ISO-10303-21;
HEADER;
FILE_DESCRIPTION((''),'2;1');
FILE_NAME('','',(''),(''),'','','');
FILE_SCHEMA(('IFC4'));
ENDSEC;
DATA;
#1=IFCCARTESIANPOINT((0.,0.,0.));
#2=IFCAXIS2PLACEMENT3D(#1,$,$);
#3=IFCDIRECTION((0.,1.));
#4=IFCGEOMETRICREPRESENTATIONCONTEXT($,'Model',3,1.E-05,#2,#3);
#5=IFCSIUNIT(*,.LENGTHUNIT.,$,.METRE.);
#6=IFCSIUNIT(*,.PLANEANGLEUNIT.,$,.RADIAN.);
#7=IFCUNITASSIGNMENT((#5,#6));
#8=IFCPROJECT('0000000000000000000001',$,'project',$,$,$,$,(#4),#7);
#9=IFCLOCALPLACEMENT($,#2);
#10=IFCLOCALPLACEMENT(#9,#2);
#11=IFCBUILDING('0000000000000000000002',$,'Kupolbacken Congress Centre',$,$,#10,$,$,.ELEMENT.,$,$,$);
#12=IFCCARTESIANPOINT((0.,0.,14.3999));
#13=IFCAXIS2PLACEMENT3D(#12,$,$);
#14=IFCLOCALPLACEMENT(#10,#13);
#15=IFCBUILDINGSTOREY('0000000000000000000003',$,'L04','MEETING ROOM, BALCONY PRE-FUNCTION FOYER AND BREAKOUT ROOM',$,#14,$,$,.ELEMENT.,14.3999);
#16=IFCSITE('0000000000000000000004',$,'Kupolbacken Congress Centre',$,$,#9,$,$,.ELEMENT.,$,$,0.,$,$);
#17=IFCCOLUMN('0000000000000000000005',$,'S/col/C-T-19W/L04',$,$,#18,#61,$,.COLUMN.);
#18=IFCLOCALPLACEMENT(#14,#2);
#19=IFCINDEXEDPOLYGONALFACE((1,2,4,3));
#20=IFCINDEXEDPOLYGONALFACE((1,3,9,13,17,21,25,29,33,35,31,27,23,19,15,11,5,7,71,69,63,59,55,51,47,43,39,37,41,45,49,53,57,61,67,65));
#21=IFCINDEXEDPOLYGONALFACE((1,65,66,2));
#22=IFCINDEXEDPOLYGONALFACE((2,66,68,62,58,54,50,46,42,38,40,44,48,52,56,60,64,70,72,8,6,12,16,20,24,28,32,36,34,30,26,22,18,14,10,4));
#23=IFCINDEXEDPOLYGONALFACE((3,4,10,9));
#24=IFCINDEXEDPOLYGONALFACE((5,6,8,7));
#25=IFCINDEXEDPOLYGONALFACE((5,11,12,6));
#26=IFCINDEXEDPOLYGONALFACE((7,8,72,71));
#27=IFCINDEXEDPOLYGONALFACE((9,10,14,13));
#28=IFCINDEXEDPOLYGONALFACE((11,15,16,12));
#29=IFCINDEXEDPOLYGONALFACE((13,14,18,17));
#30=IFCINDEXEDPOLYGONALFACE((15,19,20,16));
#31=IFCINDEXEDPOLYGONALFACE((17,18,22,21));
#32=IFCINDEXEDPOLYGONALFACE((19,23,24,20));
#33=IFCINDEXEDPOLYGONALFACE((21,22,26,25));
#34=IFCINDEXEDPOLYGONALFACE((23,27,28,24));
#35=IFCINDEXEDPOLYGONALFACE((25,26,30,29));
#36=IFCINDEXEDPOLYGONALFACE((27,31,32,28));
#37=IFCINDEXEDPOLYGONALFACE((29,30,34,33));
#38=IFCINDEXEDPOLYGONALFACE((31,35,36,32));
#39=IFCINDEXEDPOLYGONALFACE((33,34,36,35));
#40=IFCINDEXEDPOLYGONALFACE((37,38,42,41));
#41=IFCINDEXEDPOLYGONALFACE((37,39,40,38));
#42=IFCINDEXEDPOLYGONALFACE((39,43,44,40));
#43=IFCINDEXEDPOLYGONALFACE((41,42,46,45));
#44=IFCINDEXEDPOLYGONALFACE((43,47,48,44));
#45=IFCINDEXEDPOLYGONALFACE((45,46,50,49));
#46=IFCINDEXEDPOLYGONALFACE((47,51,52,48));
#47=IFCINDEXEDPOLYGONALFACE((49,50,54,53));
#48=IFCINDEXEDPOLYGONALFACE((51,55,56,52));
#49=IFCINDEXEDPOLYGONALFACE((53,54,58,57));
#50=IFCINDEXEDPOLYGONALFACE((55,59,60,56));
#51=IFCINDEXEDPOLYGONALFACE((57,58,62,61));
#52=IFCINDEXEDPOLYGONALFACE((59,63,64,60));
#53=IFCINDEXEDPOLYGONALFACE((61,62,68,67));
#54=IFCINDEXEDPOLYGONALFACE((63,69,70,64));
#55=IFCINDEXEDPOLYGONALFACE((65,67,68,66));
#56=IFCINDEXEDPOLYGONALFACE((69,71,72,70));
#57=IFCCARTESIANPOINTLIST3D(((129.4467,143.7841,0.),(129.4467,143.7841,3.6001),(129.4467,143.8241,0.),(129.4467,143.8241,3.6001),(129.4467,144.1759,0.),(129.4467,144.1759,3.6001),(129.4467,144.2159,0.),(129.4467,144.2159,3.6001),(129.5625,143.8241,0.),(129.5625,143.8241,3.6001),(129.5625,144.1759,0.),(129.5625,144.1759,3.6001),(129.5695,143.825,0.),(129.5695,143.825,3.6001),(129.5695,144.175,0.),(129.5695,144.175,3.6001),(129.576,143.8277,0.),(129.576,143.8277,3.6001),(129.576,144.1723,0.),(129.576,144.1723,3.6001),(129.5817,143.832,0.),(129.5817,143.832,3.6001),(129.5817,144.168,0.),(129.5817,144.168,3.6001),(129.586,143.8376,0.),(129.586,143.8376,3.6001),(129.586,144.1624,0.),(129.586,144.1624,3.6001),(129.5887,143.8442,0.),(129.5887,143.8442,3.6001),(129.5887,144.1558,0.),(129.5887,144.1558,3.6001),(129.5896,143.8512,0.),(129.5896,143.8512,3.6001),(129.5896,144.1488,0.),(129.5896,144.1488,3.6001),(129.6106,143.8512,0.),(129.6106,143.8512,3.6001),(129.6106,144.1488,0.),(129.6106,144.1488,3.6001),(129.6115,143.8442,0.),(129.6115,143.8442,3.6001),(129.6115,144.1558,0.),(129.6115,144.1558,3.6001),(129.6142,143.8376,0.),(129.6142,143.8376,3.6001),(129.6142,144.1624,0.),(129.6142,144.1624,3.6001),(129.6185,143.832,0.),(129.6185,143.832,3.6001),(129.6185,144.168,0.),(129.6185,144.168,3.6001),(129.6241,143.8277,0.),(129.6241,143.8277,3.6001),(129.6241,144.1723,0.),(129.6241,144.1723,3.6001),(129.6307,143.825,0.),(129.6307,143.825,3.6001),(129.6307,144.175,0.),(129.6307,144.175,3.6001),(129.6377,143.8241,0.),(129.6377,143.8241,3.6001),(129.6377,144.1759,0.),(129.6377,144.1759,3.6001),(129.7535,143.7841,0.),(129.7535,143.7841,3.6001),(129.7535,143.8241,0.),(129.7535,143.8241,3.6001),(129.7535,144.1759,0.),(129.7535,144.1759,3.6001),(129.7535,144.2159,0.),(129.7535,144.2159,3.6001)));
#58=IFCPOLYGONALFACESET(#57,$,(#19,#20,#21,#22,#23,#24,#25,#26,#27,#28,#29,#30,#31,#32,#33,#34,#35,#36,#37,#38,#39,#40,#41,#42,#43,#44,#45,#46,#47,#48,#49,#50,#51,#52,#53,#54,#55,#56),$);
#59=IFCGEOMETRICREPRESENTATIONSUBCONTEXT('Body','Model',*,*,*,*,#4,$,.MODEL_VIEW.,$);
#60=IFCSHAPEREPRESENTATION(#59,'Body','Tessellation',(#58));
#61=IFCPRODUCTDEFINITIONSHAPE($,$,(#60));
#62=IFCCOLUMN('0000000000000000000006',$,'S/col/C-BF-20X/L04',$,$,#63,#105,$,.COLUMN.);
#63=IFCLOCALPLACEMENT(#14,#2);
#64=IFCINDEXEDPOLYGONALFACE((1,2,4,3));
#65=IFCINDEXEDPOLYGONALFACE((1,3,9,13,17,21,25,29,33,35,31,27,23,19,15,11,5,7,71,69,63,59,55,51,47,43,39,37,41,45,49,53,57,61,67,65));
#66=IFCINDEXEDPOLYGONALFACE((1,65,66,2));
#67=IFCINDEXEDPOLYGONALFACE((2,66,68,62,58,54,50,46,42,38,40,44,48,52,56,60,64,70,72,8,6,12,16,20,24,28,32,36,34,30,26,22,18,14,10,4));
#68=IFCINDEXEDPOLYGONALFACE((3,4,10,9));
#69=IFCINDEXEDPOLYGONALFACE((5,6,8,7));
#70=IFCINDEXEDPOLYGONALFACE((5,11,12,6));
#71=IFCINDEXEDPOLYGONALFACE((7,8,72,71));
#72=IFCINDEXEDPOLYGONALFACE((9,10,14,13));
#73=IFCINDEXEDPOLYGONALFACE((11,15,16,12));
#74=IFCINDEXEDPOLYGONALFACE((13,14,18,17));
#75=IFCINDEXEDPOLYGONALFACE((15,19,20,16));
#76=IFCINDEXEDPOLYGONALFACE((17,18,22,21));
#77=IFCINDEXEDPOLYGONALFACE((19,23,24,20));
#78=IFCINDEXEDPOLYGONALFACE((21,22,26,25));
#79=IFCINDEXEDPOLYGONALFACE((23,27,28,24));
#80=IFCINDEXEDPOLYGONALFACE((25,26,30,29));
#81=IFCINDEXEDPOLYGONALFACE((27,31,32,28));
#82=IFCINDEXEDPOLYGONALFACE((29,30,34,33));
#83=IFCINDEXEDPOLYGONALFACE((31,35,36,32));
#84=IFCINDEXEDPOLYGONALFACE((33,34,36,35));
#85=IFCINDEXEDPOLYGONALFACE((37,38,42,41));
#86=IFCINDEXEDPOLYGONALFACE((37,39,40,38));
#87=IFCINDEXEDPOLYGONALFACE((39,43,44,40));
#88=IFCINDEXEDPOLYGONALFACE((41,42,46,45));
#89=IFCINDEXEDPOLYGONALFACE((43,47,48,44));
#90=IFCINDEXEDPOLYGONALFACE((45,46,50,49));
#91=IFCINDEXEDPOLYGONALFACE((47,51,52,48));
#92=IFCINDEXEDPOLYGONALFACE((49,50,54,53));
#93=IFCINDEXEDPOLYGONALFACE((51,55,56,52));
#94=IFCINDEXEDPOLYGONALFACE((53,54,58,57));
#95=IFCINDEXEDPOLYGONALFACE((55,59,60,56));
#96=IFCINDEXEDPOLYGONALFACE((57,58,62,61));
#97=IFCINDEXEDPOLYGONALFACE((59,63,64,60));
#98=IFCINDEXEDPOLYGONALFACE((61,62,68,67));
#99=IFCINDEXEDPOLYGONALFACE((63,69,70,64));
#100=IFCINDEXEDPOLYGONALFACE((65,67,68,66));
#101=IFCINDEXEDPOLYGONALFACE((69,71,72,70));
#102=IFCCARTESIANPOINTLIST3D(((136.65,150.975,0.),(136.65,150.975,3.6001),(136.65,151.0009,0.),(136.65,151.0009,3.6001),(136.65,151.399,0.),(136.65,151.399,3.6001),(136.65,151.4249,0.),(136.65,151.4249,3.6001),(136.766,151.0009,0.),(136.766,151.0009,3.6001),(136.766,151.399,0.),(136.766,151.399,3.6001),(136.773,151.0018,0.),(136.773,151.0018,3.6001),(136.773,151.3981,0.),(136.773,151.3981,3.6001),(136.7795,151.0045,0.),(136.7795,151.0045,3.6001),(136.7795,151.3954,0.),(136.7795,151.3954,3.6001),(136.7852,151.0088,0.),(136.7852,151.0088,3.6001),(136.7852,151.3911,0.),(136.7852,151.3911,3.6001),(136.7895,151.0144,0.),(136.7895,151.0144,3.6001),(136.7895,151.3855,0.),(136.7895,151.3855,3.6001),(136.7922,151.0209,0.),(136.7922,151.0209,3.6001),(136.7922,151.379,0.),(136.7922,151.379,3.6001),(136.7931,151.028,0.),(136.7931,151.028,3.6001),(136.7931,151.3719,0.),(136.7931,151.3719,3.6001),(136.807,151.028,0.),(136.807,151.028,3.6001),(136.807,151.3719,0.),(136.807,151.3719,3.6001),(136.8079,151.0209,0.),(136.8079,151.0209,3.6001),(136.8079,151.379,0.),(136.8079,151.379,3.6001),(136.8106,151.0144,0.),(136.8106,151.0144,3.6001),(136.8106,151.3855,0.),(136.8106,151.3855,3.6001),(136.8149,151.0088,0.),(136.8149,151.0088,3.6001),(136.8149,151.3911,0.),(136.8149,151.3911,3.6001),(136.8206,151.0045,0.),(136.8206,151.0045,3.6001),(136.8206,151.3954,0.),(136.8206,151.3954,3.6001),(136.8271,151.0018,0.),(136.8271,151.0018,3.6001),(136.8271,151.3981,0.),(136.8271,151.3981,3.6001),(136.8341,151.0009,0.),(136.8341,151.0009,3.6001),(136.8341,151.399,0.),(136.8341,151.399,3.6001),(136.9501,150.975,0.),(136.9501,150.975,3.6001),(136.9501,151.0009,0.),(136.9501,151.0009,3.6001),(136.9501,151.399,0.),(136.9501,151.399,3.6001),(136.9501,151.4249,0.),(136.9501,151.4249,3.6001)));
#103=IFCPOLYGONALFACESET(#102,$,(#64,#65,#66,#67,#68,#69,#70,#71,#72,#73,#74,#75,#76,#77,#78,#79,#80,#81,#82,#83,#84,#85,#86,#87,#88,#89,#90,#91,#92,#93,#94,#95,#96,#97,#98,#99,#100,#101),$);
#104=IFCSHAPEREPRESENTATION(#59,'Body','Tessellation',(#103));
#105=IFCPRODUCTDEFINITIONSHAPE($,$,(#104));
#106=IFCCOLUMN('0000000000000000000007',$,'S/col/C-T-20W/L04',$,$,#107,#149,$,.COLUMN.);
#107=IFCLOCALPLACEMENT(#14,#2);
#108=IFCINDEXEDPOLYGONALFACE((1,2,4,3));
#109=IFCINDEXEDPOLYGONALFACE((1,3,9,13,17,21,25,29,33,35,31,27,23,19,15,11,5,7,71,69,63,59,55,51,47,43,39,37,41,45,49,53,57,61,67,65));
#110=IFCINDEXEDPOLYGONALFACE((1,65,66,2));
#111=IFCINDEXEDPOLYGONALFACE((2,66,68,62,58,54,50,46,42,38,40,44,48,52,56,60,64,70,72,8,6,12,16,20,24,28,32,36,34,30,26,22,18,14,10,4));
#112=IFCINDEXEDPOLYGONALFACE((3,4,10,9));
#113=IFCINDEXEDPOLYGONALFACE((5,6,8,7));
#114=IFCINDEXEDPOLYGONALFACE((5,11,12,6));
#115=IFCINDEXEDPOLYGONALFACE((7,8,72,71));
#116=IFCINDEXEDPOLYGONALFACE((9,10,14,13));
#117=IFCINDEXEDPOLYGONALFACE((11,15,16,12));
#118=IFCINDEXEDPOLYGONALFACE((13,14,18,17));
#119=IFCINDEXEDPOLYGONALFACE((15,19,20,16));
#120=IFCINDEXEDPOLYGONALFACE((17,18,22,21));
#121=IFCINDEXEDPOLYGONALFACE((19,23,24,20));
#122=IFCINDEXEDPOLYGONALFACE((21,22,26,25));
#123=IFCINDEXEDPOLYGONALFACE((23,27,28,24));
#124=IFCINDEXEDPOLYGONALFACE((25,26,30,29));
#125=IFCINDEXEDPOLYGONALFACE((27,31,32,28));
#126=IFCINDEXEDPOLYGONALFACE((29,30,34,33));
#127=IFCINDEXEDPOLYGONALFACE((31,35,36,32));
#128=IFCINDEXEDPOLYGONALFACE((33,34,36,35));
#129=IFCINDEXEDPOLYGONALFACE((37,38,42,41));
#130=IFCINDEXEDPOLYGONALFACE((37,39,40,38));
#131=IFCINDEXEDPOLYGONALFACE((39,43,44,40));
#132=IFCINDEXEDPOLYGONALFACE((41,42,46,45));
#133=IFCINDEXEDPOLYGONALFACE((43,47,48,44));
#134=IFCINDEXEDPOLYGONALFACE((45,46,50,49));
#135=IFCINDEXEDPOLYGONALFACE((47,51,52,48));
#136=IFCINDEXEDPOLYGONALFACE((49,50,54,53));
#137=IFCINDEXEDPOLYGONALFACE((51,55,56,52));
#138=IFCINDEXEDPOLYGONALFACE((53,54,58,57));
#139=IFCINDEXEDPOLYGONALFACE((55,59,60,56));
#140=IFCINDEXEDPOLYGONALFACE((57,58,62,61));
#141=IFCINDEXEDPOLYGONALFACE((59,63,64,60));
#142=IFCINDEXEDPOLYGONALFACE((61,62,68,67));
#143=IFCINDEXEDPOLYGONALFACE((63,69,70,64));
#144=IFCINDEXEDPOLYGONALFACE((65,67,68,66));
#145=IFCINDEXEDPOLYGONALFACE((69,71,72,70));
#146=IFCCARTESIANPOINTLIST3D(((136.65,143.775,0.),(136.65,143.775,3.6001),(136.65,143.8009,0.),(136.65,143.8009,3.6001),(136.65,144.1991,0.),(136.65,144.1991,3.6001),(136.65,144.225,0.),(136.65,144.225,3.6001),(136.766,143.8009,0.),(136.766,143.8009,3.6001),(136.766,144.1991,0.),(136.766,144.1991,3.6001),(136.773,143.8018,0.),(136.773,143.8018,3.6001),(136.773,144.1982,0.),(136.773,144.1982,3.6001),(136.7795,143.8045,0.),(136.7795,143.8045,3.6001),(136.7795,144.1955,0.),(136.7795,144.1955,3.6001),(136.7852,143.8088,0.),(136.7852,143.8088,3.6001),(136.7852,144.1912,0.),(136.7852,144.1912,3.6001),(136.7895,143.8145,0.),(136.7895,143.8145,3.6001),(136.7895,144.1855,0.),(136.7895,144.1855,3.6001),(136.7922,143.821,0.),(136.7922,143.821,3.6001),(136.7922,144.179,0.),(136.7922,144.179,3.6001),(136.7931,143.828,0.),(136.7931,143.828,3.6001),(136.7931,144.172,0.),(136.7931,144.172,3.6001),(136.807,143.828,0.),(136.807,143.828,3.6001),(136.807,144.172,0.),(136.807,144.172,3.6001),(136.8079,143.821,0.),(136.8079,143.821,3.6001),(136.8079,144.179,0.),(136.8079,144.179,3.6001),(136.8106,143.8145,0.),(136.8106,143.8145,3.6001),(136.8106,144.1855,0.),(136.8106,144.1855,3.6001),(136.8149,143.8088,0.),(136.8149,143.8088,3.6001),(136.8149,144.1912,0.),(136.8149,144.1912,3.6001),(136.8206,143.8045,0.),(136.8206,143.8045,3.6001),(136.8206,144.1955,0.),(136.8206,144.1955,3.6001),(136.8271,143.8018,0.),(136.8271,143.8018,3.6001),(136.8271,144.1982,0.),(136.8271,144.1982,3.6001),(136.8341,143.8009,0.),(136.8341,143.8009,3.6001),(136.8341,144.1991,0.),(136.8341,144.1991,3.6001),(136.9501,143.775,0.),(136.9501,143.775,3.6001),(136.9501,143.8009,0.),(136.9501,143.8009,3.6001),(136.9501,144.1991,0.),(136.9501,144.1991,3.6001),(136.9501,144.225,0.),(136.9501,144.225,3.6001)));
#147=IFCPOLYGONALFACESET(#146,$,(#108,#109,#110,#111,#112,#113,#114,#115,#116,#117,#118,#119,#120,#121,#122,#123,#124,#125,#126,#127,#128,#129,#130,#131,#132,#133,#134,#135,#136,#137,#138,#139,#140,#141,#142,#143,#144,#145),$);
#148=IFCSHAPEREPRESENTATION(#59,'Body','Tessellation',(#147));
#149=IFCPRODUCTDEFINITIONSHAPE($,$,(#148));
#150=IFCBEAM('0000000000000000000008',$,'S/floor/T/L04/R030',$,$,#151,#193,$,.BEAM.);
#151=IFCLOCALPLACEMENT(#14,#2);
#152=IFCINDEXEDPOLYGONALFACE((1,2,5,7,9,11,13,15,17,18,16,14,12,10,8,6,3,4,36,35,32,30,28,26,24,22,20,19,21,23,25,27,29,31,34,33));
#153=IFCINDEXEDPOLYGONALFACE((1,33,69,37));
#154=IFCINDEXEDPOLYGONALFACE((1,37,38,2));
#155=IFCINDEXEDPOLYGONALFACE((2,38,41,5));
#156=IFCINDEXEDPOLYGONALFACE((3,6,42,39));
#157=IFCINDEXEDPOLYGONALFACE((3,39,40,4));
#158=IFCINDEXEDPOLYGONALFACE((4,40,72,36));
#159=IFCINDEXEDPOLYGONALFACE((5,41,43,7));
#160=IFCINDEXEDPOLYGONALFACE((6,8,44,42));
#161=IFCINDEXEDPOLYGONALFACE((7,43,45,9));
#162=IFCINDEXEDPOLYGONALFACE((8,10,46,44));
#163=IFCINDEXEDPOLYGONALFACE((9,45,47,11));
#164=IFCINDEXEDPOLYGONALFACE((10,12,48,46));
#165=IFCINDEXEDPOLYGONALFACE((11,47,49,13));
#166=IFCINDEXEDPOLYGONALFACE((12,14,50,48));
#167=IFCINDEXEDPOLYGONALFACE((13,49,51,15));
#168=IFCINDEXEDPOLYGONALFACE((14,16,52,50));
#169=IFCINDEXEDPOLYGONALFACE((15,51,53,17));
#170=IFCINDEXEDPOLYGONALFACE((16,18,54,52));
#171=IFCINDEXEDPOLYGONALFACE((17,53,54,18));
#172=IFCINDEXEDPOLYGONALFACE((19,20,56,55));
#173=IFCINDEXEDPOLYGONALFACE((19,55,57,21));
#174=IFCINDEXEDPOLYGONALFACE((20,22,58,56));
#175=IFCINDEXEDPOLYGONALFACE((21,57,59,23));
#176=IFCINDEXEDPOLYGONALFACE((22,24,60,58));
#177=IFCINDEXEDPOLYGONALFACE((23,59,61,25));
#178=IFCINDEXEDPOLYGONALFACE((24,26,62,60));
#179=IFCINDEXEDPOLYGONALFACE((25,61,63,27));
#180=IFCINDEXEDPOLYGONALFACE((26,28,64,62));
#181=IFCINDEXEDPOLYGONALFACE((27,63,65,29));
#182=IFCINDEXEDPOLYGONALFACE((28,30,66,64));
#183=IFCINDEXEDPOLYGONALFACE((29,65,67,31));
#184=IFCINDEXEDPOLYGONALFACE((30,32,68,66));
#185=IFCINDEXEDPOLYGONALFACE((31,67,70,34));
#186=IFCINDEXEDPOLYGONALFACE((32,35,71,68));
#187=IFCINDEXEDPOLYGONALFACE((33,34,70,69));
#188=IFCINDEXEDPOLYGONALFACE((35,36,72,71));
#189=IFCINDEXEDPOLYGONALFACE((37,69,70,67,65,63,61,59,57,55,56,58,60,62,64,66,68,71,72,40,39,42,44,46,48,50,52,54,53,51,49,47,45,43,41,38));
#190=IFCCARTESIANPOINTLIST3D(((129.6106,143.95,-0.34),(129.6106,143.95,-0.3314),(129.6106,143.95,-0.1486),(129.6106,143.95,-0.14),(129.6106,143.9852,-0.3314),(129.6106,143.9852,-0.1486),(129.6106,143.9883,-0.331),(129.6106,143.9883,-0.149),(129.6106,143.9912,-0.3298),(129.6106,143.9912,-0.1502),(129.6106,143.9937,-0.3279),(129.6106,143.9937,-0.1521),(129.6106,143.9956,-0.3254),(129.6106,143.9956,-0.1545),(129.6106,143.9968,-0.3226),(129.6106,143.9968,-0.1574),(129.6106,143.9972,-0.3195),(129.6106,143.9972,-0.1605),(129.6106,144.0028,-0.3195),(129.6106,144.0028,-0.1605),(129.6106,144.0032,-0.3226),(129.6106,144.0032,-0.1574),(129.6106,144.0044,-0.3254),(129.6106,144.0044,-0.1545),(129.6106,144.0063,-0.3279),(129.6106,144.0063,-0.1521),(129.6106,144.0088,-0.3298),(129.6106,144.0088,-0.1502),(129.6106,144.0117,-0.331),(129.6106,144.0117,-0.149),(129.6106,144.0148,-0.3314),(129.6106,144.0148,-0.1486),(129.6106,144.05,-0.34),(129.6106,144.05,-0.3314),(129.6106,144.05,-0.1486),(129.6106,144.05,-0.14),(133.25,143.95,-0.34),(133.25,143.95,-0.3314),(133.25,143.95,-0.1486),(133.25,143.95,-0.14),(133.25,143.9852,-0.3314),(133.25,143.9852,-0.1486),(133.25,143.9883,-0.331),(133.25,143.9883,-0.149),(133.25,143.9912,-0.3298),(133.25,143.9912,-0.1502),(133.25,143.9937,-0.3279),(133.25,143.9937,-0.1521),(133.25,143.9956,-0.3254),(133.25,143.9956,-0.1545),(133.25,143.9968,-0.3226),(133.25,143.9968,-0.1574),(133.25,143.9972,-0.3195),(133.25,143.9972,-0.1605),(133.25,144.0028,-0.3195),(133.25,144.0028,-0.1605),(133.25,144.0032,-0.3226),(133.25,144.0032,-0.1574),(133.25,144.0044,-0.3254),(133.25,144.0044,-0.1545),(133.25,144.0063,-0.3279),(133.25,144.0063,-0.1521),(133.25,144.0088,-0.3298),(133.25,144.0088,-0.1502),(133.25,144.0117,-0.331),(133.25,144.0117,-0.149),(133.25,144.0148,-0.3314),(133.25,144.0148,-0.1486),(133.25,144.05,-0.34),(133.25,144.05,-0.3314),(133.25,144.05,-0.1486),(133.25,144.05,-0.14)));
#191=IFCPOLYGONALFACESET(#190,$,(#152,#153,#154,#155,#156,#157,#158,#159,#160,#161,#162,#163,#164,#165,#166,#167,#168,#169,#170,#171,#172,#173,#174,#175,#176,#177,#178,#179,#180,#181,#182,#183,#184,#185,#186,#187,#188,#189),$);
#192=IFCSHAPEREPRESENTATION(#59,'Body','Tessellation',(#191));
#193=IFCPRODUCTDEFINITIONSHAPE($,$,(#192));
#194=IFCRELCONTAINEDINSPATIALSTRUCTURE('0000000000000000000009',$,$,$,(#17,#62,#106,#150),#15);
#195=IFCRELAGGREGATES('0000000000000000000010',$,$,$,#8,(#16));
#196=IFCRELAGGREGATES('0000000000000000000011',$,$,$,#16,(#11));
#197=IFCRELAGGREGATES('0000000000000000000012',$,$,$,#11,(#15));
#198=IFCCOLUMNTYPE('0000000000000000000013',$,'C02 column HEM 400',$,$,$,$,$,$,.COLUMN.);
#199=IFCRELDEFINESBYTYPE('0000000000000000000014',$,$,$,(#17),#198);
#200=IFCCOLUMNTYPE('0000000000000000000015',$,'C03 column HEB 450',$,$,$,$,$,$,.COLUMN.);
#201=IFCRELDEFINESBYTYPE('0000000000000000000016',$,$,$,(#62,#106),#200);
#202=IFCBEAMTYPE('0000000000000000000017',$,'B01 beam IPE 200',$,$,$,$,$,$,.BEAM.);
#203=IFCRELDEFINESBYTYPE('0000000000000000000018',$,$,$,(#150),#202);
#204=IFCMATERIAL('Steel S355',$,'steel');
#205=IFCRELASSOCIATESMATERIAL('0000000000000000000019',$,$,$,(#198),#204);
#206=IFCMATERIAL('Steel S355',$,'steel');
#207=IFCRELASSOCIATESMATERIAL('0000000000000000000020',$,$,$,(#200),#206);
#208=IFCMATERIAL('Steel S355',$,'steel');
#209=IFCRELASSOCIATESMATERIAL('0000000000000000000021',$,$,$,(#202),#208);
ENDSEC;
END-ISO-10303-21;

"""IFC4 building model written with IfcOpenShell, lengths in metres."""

from ifc_helpers import new_model, si_unit, direction, frame, origin, origin_2d, place, context, subcontext, project, spatial, i_section, extrude, material, material_profile, profile_set, type_object, element, save


model = new_model("IFC4")

# Units and contexts
model_context = context("Model", 3, precision=1e-05, world=origin(), true_north=direction((0.0, 1.0)))
body_context = subcontext(model_context, "Body", "Model", "MODEL_VIEW")
ifc_project = project(units=[si_unit("LENGTHUNIT", "METRE"), si_unit("PLANEANGLEUNIT", "RADIAN")], contexts=[model_context])

# Site, building, storey
site_placement = place(None, origin())
site = spatial("IfcSite", under=ifc_project, at=site_placement, Name="Kupolbacken Congress Centre", CompositionType="ELEMENT", RefElevation=0.0)
building_placement = place(site_placement, origin())
building = spatial("IfcBuilding", under=site, at=building_placement, Name="Kupolbacken Congress Centre", CompositionType="ELEMENT")
storey_placement = place(building_placement, frame((0.0, 0.0, 14.3999)))
storey = spatial("IfcBuildingStorey", under=building, at=storey_placement, Name="L04", Description="MEETING ROOM, BALCONY PRE-FUNCTION FOYER AND BREAKOUT ROOM", CompositionType="ELEMENT", Elevation=14.3999)

# Columns
ifc_material_1 = material(Name="Steel S355", Category="steel")
ifc_material_profile_1 = material_profile(ifc_material_1, i_section(OverallWidth=0.3069, OverallDepth=0.4319, WebThickness=0.021, FlangeThickness=0.04, FilletRadius=0.0271, at=origin_2d()), Name="HEM 400")
ifc_profile_set_1 = profile_set([ifc_material_profile_1], Name="Steel S355")
column_type_1 = type_object("IfcColumnType", Name="C02 column HEM 400", PredefinedType="COLUMN", material=ifc_profile_set_1)
column_placement = place(storey_placement, frame((129.6001, 144.0, 0.0), z_axis=(0.0, 0.0, 1.0), x_axis=(1.0, 0.0, 0.0)))
element("IfcColumn", 1, at=column_placement, inside=storey, type_object=column_type_1, Name="S/col/C-T-19W/L04", PredefinedType="COLUMN", context=body_context, shape_type="SweptSolid", body=[
    extrude(i_section(OverallWidth=0.3069, OverallDepth=0.4319, WebThickness=0.021, FlangeThickness=0.04, FilletRadius=0.0271, at=origin_2d()), origin(), (0.0, 0.0, 1.0), 3.6001),
])
ifc_material_2 = material(Name="Steel S355", Category="steel")
ifc_material_profile_2 = material_profile(ifc_material_2, i_section(OverallWidth=0.3, OverallDepth=0.45, WebThickness=0.0139, FlangeThickness=0.0259, FilletRadius=0.0271, at=origin_2d()), Name="HEB 450")
ifc_profile_set_2 = profile_set([ifc_material_profile_2], Name="Steel S355")
column_type_2 = type_object("IfcColumnType", Name="C03 column HEB 450", PredefinedType="COLUMN", material=ifc_profile_set_2)
for number, where, z_axis, x_axis, name in (
    (2, (136.8, 151.2, 0.0), (0.0, 0.0, 1.0), (1.0, 0.0, 0.0), "S/col/C-BF-20X/L04"),
    (3, (136.8, 144.0, 0.0), (0.0, 0.0, 1.0), (1.0, 0.0, 0.0), "S/col/C-T-20W/L04"),
):
    element("IfcColumn", number, at=place(storey_placement, frame(where, z_axis=z_axis, x_axis=x_axis)), inside=storey, type_object=column_type_2, Name=name, PredefinedType="COLUMN", context=body_context, shape_type="SweptSolid", body=[
        extrude(i_section(OverallWidth=0.3, OverallDepth=0.45, WebThickness=0.0139, FlangeThickness=0.0259, FilletRadius=0.0271, at=origin_2d()), origin(), (0.0, 0.0, 1.0), 3.6001),
    ])

# Beam
ifc_material_3 = material(Name="Steel S355", Category="steel")
ifc_material_profile_3 = material_profile(ifc_material_3, i_section(OverallWidth=0.1001, OverallDepth=0.2, WebThickness=0.0056, FlangeThickness=0.0085, FilletRadius=0.012, at=origin_2d()), Name="IPE 200")
ifc_profile_set_3 = profile_set([ifc_material_profile_3], Name="Steel S355")
beam_type = type_object("IfcBeamType", Name="B01 beam IPE 200", PredefinedType="BEAM", material=ifc_profile_set_3)
beam_1_placement = place(storey_placement, frame((129.6106, 144.0, -0.24), z_axis=(1.0, 0.0, 0.0), x_axis=(0.0, 1.0, 0.0)))
element("IfcBeam", 4, at=beam_1_placement, inside=storey, type_object=beam_type, Name="S/floor/T/L04/R030", PredefinedType="BEAM", context=body_context, shape_type="SweptSolid", body=[
    extrude(i_section(OverallWidth=0.1001, OverallDepth=0.2, WebThickness=0.0056, FlangeThickness=0.0085, FilletRadius=0.012, at=origin_2d()), origin(), (0.0, 0.0, 1.0), 3.6394),
])

save(model, "model.ifc")
